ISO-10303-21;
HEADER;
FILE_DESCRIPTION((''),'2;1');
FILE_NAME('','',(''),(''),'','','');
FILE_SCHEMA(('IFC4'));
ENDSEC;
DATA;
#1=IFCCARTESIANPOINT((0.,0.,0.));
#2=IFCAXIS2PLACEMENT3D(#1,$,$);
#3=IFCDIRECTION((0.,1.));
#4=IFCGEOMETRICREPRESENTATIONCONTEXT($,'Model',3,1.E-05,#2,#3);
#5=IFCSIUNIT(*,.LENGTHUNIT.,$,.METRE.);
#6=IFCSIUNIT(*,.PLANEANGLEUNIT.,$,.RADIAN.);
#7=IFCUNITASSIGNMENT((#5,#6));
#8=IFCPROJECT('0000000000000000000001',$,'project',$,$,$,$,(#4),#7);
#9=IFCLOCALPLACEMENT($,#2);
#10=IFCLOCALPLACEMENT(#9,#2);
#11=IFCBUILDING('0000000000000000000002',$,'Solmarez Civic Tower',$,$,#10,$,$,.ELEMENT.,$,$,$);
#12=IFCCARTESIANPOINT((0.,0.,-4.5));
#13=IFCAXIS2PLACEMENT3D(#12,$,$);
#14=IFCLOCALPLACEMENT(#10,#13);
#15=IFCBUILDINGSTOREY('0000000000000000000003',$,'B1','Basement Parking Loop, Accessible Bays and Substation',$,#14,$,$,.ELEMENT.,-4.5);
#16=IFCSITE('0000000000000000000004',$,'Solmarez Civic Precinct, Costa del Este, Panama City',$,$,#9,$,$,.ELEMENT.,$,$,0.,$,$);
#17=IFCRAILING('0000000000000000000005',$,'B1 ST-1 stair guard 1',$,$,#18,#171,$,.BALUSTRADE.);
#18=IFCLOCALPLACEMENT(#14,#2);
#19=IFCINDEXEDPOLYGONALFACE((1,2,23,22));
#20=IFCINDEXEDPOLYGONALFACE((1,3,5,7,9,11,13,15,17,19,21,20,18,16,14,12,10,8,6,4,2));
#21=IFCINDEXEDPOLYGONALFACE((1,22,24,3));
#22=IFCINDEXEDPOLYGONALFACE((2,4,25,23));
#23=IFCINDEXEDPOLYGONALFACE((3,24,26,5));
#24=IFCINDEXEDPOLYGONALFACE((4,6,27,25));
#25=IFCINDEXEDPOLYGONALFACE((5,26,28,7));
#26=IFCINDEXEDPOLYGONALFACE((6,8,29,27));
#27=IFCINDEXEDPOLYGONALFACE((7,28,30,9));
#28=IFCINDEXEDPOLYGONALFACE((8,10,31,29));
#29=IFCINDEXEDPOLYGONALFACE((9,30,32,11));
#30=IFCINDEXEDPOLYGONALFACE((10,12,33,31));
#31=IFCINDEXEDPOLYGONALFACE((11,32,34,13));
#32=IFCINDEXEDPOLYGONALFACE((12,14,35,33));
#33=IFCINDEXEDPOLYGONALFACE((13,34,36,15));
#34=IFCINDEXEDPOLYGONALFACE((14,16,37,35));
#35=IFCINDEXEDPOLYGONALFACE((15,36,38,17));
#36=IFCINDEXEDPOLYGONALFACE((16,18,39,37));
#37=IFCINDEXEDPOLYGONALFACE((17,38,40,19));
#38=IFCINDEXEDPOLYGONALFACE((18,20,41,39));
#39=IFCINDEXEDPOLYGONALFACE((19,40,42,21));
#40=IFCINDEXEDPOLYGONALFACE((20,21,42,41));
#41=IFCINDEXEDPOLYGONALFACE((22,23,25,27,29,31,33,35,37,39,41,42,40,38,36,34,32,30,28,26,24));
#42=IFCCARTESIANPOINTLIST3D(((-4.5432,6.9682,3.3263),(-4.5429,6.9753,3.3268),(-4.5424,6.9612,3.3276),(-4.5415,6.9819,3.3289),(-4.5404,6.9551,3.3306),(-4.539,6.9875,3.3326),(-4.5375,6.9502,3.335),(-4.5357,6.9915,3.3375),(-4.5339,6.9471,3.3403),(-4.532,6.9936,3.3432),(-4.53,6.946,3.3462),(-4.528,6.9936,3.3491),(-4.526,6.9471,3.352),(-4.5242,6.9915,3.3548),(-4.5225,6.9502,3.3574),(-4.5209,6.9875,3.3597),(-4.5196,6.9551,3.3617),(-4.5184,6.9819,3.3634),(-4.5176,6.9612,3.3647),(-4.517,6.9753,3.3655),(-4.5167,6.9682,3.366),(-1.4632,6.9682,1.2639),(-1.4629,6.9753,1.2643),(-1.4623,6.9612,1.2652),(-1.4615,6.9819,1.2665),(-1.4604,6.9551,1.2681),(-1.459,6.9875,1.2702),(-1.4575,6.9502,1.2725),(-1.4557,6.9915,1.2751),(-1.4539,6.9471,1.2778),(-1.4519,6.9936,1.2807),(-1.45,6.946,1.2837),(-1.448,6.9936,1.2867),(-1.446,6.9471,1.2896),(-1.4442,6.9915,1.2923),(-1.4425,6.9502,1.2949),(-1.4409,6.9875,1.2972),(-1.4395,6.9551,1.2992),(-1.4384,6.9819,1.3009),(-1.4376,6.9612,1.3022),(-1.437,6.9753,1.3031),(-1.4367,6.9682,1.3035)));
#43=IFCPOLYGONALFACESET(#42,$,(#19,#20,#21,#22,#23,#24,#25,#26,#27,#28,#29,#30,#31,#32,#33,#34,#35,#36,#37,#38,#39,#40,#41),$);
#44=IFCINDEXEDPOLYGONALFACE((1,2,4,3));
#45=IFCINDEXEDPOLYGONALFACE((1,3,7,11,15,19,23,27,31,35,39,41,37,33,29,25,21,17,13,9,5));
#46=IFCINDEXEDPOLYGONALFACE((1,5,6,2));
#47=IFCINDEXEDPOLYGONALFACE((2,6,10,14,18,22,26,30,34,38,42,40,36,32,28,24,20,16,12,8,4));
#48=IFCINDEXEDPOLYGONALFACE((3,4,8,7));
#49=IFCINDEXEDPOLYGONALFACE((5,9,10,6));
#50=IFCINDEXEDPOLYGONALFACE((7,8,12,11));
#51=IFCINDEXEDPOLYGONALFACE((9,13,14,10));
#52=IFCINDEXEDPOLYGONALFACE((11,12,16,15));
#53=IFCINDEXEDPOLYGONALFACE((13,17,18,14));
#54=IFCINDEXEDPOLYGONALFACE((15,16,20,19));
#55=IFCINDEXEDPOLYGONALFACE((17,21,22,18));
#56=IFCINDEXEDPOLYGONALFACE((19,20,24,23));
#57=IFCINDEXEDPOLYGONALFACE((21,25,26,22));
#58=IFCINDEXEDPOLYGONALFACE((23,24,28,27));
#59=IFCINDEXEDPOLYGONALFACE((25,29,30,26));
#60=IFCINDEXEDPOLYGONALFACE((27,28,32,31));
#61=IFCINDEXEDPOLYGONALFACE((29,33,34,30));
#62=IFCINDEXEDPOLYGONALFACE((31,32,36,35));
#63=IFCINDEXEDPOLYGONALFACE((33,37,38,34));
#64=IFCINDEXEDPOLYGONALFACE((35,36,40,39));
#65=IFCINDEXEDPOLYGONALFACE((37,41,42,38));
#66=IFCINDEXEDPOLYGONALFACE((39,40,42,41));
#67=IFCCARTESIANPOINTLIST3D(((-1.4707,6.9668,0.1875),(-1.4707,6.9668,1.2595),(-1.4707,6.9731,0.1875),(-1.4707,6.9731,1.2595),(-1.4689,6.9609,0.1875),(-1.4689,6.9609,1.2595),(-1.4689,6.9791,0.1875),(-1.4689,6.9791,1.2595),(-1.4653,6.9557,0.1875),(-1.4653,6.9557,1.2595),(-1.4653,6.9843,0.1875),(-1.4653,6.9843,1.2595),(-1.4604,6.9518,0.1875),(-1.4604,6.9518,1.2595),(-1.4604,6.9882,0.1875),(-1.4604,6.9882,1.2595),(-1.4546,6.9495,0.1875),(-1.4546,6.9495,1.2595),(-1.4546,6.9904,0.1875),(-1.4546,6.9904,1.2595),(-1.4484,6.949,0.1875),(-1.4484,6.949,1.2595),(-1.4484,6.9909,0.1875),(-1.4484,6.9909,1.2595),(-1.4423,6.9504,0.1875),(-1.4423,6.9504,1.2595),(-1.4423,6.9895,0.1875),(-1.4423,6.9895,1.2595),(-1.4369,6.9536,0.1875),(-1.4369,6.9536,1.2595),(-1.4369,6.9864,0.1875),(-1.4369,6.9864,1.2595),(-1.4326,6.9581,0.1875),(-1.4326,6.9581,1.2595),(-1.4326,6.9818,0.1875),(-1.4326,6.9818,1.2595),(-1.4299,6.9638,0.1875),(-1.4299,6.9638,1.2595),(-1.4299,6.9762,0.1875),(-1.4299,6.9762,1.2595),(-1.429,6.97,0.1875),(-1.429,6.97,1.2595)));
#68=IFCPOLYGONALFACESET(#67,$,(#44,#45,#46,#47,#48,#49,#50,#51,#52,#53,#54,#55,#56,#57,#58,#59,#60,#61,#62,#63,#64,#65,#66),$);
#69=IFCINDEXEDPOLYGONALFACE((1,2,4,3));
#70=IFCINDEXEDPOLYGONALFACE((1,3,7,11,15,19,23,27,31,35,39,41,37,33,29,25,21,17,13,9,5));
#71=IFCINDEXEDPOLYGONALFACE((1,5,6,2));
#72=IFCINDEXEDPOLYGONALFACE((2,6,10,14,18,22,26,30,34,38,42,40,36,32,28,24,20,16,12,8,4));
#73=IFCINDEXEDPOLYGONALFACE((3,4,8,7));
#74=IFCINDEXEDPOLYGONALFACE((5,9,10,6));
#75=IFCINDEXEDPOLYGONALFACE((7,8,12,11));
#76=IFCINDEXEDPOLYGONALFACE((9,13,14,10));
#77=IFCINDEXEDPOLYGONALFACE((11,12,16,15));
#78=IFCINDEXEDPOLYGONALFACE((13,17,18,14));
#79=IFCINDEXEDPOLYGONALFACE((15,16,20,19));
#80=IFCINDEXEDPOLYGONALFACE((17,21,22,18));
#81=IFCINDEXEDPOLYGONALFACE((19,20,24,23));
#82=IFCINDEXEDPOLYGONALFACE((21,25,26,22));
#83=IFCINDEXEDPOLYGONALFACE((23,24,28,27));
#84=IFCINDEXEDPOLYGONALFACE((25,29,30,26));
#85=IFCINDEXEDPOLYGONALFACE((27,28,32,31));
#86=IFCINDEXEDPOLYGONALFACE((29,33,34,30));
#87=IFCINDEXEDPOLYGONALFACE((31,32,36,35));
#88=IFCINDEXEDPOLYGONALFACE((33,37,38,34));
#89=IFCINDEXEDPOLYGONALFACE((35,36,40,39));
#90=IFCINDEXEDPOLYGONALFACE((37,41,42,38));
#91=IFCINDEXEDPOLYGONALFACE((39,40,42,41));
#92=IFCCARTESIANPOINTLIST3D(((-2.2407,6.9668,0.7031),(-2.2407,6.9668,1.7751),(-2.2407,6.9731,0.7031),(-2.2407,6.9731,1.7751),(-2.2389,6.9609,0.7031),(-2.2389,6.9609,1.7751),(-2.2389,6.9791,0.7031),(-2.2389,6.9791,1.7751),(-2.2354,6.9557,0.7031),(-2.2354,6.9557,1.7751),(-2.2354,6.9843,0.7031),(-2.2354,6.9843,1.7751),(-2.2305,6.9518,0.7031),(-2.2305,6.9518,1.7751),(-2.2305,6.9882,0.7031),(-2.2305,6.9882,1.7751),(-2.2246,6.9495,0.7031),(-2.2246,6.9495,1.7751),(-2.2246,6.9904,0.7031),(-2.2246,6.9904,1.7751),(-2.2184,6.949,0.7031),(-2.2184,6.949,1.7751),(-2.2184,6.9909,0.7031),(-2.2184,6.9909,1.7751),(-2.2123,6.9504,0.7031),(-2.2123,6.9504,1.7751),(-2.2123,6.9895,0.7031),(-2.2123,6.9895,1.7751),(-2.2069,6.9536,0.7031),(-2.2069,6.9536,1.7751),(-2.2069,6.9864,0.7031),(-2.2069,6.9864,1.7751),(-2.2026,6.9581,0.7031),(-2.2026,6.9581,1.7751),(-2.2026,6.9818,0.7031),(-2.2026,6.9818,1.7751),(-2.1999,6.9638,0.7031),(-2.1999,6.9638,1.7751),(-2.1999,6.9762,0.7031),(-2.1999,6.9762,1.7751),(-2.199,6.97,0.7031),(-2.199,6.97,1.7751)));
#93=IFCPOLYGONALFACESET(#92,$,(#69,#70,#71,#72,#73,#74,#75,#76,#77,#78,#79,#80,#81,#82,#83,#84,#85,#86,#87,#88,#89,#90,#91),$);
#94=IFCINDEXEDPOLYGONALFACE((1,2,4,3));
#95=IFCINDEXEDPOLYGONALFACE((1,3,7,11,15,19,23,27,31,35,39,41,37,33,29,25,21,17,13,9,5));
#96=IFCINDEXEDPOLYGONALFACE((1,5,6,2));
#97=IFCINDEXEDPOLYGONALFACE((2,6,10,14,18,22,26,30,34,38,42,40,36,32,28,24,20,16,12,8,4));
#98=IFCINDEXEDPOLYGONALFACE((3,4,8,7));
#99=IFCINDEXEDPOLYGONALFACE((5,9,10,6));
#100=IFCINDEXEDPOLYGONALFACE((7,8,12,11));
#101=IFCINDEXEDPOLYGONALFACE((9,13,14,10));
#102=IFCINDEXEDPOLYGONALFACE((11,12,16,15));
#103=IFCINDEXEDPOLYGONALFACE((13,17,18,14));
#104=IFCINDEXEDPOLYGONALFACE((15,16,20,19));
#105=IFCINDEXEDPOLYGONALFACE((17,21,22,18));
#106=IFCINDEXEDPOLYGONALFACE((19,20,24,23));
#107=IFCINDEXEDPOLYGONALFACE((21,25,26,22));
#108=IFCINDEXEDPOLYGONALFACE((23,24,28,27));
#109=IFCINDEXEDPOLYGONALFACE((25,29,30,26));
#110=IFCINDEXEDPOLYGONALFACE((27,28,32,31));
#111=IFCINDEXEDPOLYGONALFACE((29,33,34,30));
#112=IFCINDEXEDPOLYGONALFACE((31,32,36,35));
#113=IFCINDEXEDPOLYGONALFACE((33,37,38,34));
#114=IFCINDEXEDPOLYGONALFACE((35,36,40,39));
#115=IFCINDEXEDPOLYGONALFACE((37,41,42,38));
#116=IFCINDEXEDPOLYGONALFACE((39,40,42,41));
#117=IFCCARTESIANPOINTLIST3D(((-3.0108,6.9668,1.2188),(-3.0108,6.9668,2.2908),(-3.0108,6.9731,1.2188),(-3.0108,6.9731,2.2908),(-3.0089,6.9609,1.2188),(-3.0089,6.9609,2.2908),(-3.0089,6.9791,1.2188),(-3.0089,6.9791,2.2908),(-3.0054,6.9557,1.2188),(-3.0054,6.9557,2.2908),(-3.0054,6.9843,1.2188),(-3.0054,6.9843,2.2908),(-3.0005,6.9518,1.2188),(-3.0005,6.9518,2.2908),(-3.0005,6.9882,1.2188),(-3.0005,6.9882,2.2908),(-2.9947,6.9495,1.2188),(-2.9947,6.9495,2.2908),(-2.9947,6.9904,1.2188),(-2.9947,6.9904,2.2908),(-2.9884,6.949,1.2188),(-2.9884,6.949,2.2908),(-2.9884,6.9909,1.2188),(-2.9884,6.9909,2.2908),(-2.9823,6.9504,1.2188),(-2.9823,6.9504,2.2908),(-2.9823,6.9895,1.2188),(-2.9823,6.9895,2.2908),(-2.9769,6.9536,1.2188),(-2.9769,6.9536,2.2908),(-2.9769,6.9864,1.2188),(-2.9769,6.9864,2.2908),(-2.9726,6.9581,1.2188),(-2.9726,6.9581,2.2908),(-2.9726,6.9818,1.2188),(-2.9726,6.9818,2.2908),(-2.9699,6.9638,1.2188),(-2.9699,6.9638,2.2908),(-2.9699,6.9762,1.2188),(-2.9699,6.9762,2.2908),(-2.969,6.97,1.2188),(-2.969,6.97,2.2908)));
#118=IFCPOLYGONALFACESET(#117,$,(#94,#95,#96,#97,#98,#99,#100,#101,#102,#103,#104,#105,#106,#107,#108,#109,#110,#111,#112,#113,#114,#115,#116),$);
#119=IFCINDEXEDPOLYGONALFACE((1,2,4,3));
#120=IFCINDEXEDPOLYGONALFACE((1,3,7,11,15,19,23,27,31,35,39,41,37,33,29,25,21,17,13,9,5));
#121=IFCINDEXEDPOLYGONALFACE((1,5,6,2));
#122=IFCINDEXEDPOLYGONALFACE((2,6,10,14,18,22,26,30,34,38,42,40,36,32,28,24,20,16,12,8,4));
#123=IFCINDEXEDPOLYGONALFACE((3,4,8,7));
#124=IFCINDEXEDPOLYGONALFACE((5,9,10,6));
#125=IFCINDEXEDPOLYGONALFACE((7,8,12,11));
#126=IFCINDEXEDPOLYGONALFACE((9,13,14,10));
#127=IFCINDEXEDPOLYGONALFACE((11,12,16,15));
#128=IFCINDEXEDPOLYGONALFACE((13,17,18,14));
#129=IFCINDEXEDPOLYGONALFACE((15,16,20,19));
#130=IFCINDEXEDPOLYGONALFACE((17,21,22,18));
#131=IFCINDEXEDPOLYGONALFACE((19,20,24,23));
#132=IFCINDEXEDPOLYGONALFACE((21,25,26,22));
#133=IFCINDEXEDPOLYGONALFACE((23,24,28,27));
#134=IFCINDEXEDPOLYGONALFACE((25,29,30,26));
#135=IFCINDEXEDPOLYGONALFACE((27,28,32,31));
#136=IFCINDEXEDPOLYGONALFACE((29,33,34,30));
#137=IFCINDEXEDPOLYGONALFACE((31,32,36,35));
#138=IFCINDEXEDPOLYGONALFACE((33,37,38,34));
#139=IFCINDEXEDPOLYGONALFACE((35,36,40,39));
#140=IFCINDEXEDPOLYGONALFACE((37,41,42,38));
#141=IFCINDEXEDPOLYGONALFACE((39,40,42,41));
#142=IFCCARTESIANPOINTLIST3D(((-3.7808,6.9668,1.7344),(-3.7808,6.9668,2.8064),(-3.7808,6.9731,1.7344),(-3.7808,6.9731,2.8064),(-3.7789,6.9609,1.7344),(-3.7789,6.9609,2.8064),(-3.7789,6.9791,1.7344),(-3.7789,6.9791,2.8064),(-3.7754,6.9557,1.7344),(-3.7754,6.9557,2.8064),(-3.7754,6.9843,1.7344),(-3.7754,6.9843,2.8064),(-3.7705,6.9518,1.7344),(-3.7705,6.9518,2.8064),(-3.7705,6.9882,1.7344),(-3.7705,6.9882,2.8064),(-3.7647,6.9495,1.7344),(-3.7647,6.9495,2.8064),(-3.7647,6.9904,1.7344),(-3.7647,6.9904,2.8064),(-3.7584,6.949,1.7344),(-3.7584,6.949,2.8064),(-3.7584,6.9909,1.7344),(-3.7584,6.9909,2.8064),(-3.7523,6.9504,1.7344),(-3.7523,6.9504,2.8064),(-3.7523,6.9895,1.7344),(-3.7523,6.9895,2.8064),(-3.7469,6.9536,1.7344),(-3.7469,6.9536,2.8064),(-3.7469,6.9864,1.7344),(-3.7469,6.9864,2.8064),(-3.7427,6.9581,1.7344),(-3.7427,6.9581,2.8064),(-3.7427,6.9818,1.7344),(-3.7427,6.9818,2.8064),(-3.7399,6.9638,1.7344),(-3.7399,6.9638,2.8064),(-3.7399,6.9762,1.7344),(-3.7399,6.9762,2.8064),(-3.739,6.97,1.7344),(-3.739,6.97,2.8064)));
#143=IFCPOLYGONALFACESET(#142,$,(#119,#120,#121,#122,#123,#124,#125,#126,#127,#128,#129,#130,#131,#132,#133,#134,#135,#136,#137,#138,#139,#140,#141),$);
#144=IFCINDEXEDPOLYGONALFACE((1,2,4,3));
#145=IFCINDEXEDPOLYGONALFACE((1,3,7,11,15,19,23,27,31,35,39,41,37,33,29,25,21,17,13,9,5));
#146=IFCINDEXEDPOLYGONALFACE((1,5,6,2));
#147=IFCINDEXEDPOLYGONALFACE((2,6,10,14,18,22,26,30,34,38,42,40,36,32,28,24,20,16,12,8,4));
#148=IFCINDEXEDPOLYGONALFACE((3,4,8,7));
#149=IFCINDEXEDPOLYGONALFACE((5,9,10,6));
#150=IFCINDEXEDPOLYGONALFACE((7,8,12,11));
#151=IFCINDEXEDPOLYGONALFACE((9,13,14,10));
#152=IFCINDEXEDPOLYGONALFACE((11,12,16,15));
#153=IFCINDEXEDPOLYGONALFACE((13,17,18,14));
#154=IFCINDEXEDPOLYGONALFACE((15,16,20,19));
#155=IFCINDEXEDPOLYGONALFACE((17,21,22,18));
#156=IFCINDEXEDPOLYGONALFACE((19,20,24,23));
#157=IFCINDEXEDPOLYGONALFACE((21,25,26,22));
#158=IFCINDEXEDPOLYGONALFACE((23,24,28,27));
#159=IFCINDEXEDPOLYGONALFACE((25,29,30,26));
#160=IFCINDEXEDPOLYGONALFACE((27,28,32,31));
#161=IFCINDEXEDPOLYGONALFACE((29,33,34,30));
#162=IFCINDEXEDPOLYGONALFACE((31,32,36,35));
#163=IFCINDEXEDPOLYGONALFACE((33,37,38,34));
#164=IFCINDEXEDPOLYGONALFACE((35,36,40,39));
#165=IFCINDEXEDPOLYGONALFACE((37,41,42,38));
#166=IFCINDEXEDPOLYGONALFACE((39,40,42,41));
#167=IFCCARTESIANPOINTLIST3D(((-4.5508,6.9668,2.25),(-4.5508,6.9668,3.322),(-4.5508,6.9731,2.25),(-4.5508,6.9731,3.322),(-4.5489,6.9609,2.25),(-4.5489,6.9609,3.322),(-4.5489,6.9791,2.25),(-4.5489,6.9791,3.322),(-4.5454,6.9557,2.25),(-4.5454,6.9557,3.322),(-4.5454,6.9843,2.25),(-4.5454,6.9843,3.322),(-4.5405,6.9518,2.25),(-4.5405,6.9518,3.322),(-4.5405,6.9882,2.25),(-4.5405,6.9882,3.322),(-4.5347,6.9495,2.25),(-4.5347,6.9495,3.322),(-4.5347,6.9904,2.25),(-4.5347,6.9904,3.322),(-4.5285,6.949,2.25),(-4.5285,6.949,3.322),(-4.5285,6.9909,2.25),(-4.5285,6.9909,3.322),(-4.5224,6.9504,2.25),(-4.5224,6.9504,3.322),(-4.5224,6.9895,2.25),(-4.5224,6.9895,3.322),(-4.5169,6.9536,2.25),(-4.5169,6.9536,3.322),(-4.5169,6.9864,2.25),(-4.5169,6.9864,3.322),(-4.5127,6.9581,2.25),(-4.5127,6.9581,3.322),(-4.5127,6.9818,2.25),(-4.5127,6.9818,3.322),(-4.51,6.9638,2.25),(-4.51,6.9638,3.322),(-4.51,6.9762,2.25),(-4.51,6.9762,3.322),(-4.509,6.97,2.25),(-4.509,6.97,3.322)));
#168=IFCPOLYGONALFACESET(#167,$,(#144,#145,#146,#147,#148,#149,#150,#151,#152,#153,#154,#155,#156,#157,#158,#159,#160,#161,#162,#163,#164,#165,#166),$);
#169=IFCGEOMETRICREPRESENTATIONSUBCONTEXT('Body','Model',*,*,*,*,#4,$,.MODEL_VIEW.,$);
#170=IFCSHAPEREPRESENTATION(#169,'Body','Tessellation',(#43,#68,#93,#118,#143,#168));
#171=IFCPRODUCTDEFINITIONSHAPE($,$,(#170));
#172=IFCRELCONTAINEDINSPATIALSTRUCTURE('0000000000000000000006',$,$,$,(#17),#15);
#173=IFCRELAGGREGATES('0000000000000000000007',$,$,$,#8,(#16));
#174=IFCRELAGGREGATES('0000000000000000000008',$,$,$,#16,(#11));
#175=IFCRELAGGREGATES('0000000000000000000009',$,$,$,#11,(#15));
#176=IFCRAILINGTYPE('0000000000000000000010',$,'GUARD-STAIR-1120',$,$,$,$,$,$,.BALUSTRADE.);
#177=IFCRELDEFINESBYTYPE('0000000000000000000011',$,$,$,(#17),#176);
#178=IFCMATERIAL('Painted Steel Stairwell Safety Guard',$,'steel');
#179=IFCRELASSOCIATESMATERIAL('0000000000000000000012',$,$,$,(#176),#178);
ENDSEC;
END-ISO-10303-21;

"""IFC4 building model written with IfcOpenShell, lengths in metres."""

from ifc_helpers import new_model, si_unit, direction, frame, origin, origin_2d, place, context, subcontext, project, spatial, circle, extrude, material, type_object, element, save


model = new_model("IFC4")

# Units and contexts
model_context = context("Model", 3, precision=1e-05, world=origin(), true_north=direction((0.0, 1.0)))
body_context = subcontext(model_context, "Body", "Model", "MODEL_VIEW")
ifc_project = project(units=[si_unit("LENGTHUNIT", "METRE"), si_unit("PLANEANGLEUNIT", "RADIAN")], contexts=[model_context])

# Site, building, storey
site_placement = place(None, origin())
site = spatial("IfcSite", under=ifc_project, at=site_placement, Name="Solmarez Civic Precinct, Costa del Este, Panama City", CompositionType="ELEMENT", RefElevation=0.0)
building_placement = place(site_placement, origin())
building = spatial("IfcBuilding", under=site, at=building_placement, Name="Solmarez Civic Tower", CompositionType="ELEMENT")
storey_placement = place(building_placement, frame((0.0, 0.0, -4.5)))
storey = spatial("IfcBuildingStorey", under=building, at=storey_placement, Name="B1", Description="Basement Parking Loop, Accessible Bays and Substation", CompositionType="ELEMENT", Elevation=-4.5)

# Railing
ifc_material_1 = material(Name="Painted Steel Stairwell Safety Guard", Category="steel")
railing_type_1 = type_object("IfcRailingType", Name="GUARD-STAIR-1120", PredefinedType="BALUSTRADE", material=ifc_material_1)
railing_1_placement = place(storey_placement, frame((-1.45, 6.97, 0.1875)))
element("IfcRailing", 1, at=railing_1_placement, inside=storey, type_object=railing_type_1, Name="B1 ST-1 stair guard 1", PredefinedType="BALUSTRADE", context=body_context, shape_type="SweptSolid", body=[
    extrude(circle(Radius=0.0239, at=origin_2d()), frame((0.0, 0.0, 1.0962), z_axis=(-0.830914, 0.0, 0.556401), x_axis=(0.0, -1.0, 0.0)), (0.0, 0.0, 1.0), 3.7068),
    extrude(circle(Radius=0.021, at=origin_2d()), origin(), (0.0, 0.0, 1.0), 1.072),
    extrude(circle(Radius=0.021, at=origin_2d()), frame((-0.77, 0.0, 0.5156)), (0.0, 0.0, 1.0), 1.072),
    extrude(circle(Radius=0.021, at=origin_2d()), frame((-1.54, 0.0, 1.0312)), (0.0, 0.0, 1.0), 1.072),
    extrude(circle(Radius=0.021, at=origin_2d()), frame((-2.3101, 0.0, 1.5469)), (0.0, 0.0, 1.0), 1.072),
    extrude(circle(Radius=0.021, at=origin_2d()), frame((-3.0801, 0.0, 2.0625)), (0.0, 0.0, 1.0), 1.072),
])

save(model, "model.ifc")
